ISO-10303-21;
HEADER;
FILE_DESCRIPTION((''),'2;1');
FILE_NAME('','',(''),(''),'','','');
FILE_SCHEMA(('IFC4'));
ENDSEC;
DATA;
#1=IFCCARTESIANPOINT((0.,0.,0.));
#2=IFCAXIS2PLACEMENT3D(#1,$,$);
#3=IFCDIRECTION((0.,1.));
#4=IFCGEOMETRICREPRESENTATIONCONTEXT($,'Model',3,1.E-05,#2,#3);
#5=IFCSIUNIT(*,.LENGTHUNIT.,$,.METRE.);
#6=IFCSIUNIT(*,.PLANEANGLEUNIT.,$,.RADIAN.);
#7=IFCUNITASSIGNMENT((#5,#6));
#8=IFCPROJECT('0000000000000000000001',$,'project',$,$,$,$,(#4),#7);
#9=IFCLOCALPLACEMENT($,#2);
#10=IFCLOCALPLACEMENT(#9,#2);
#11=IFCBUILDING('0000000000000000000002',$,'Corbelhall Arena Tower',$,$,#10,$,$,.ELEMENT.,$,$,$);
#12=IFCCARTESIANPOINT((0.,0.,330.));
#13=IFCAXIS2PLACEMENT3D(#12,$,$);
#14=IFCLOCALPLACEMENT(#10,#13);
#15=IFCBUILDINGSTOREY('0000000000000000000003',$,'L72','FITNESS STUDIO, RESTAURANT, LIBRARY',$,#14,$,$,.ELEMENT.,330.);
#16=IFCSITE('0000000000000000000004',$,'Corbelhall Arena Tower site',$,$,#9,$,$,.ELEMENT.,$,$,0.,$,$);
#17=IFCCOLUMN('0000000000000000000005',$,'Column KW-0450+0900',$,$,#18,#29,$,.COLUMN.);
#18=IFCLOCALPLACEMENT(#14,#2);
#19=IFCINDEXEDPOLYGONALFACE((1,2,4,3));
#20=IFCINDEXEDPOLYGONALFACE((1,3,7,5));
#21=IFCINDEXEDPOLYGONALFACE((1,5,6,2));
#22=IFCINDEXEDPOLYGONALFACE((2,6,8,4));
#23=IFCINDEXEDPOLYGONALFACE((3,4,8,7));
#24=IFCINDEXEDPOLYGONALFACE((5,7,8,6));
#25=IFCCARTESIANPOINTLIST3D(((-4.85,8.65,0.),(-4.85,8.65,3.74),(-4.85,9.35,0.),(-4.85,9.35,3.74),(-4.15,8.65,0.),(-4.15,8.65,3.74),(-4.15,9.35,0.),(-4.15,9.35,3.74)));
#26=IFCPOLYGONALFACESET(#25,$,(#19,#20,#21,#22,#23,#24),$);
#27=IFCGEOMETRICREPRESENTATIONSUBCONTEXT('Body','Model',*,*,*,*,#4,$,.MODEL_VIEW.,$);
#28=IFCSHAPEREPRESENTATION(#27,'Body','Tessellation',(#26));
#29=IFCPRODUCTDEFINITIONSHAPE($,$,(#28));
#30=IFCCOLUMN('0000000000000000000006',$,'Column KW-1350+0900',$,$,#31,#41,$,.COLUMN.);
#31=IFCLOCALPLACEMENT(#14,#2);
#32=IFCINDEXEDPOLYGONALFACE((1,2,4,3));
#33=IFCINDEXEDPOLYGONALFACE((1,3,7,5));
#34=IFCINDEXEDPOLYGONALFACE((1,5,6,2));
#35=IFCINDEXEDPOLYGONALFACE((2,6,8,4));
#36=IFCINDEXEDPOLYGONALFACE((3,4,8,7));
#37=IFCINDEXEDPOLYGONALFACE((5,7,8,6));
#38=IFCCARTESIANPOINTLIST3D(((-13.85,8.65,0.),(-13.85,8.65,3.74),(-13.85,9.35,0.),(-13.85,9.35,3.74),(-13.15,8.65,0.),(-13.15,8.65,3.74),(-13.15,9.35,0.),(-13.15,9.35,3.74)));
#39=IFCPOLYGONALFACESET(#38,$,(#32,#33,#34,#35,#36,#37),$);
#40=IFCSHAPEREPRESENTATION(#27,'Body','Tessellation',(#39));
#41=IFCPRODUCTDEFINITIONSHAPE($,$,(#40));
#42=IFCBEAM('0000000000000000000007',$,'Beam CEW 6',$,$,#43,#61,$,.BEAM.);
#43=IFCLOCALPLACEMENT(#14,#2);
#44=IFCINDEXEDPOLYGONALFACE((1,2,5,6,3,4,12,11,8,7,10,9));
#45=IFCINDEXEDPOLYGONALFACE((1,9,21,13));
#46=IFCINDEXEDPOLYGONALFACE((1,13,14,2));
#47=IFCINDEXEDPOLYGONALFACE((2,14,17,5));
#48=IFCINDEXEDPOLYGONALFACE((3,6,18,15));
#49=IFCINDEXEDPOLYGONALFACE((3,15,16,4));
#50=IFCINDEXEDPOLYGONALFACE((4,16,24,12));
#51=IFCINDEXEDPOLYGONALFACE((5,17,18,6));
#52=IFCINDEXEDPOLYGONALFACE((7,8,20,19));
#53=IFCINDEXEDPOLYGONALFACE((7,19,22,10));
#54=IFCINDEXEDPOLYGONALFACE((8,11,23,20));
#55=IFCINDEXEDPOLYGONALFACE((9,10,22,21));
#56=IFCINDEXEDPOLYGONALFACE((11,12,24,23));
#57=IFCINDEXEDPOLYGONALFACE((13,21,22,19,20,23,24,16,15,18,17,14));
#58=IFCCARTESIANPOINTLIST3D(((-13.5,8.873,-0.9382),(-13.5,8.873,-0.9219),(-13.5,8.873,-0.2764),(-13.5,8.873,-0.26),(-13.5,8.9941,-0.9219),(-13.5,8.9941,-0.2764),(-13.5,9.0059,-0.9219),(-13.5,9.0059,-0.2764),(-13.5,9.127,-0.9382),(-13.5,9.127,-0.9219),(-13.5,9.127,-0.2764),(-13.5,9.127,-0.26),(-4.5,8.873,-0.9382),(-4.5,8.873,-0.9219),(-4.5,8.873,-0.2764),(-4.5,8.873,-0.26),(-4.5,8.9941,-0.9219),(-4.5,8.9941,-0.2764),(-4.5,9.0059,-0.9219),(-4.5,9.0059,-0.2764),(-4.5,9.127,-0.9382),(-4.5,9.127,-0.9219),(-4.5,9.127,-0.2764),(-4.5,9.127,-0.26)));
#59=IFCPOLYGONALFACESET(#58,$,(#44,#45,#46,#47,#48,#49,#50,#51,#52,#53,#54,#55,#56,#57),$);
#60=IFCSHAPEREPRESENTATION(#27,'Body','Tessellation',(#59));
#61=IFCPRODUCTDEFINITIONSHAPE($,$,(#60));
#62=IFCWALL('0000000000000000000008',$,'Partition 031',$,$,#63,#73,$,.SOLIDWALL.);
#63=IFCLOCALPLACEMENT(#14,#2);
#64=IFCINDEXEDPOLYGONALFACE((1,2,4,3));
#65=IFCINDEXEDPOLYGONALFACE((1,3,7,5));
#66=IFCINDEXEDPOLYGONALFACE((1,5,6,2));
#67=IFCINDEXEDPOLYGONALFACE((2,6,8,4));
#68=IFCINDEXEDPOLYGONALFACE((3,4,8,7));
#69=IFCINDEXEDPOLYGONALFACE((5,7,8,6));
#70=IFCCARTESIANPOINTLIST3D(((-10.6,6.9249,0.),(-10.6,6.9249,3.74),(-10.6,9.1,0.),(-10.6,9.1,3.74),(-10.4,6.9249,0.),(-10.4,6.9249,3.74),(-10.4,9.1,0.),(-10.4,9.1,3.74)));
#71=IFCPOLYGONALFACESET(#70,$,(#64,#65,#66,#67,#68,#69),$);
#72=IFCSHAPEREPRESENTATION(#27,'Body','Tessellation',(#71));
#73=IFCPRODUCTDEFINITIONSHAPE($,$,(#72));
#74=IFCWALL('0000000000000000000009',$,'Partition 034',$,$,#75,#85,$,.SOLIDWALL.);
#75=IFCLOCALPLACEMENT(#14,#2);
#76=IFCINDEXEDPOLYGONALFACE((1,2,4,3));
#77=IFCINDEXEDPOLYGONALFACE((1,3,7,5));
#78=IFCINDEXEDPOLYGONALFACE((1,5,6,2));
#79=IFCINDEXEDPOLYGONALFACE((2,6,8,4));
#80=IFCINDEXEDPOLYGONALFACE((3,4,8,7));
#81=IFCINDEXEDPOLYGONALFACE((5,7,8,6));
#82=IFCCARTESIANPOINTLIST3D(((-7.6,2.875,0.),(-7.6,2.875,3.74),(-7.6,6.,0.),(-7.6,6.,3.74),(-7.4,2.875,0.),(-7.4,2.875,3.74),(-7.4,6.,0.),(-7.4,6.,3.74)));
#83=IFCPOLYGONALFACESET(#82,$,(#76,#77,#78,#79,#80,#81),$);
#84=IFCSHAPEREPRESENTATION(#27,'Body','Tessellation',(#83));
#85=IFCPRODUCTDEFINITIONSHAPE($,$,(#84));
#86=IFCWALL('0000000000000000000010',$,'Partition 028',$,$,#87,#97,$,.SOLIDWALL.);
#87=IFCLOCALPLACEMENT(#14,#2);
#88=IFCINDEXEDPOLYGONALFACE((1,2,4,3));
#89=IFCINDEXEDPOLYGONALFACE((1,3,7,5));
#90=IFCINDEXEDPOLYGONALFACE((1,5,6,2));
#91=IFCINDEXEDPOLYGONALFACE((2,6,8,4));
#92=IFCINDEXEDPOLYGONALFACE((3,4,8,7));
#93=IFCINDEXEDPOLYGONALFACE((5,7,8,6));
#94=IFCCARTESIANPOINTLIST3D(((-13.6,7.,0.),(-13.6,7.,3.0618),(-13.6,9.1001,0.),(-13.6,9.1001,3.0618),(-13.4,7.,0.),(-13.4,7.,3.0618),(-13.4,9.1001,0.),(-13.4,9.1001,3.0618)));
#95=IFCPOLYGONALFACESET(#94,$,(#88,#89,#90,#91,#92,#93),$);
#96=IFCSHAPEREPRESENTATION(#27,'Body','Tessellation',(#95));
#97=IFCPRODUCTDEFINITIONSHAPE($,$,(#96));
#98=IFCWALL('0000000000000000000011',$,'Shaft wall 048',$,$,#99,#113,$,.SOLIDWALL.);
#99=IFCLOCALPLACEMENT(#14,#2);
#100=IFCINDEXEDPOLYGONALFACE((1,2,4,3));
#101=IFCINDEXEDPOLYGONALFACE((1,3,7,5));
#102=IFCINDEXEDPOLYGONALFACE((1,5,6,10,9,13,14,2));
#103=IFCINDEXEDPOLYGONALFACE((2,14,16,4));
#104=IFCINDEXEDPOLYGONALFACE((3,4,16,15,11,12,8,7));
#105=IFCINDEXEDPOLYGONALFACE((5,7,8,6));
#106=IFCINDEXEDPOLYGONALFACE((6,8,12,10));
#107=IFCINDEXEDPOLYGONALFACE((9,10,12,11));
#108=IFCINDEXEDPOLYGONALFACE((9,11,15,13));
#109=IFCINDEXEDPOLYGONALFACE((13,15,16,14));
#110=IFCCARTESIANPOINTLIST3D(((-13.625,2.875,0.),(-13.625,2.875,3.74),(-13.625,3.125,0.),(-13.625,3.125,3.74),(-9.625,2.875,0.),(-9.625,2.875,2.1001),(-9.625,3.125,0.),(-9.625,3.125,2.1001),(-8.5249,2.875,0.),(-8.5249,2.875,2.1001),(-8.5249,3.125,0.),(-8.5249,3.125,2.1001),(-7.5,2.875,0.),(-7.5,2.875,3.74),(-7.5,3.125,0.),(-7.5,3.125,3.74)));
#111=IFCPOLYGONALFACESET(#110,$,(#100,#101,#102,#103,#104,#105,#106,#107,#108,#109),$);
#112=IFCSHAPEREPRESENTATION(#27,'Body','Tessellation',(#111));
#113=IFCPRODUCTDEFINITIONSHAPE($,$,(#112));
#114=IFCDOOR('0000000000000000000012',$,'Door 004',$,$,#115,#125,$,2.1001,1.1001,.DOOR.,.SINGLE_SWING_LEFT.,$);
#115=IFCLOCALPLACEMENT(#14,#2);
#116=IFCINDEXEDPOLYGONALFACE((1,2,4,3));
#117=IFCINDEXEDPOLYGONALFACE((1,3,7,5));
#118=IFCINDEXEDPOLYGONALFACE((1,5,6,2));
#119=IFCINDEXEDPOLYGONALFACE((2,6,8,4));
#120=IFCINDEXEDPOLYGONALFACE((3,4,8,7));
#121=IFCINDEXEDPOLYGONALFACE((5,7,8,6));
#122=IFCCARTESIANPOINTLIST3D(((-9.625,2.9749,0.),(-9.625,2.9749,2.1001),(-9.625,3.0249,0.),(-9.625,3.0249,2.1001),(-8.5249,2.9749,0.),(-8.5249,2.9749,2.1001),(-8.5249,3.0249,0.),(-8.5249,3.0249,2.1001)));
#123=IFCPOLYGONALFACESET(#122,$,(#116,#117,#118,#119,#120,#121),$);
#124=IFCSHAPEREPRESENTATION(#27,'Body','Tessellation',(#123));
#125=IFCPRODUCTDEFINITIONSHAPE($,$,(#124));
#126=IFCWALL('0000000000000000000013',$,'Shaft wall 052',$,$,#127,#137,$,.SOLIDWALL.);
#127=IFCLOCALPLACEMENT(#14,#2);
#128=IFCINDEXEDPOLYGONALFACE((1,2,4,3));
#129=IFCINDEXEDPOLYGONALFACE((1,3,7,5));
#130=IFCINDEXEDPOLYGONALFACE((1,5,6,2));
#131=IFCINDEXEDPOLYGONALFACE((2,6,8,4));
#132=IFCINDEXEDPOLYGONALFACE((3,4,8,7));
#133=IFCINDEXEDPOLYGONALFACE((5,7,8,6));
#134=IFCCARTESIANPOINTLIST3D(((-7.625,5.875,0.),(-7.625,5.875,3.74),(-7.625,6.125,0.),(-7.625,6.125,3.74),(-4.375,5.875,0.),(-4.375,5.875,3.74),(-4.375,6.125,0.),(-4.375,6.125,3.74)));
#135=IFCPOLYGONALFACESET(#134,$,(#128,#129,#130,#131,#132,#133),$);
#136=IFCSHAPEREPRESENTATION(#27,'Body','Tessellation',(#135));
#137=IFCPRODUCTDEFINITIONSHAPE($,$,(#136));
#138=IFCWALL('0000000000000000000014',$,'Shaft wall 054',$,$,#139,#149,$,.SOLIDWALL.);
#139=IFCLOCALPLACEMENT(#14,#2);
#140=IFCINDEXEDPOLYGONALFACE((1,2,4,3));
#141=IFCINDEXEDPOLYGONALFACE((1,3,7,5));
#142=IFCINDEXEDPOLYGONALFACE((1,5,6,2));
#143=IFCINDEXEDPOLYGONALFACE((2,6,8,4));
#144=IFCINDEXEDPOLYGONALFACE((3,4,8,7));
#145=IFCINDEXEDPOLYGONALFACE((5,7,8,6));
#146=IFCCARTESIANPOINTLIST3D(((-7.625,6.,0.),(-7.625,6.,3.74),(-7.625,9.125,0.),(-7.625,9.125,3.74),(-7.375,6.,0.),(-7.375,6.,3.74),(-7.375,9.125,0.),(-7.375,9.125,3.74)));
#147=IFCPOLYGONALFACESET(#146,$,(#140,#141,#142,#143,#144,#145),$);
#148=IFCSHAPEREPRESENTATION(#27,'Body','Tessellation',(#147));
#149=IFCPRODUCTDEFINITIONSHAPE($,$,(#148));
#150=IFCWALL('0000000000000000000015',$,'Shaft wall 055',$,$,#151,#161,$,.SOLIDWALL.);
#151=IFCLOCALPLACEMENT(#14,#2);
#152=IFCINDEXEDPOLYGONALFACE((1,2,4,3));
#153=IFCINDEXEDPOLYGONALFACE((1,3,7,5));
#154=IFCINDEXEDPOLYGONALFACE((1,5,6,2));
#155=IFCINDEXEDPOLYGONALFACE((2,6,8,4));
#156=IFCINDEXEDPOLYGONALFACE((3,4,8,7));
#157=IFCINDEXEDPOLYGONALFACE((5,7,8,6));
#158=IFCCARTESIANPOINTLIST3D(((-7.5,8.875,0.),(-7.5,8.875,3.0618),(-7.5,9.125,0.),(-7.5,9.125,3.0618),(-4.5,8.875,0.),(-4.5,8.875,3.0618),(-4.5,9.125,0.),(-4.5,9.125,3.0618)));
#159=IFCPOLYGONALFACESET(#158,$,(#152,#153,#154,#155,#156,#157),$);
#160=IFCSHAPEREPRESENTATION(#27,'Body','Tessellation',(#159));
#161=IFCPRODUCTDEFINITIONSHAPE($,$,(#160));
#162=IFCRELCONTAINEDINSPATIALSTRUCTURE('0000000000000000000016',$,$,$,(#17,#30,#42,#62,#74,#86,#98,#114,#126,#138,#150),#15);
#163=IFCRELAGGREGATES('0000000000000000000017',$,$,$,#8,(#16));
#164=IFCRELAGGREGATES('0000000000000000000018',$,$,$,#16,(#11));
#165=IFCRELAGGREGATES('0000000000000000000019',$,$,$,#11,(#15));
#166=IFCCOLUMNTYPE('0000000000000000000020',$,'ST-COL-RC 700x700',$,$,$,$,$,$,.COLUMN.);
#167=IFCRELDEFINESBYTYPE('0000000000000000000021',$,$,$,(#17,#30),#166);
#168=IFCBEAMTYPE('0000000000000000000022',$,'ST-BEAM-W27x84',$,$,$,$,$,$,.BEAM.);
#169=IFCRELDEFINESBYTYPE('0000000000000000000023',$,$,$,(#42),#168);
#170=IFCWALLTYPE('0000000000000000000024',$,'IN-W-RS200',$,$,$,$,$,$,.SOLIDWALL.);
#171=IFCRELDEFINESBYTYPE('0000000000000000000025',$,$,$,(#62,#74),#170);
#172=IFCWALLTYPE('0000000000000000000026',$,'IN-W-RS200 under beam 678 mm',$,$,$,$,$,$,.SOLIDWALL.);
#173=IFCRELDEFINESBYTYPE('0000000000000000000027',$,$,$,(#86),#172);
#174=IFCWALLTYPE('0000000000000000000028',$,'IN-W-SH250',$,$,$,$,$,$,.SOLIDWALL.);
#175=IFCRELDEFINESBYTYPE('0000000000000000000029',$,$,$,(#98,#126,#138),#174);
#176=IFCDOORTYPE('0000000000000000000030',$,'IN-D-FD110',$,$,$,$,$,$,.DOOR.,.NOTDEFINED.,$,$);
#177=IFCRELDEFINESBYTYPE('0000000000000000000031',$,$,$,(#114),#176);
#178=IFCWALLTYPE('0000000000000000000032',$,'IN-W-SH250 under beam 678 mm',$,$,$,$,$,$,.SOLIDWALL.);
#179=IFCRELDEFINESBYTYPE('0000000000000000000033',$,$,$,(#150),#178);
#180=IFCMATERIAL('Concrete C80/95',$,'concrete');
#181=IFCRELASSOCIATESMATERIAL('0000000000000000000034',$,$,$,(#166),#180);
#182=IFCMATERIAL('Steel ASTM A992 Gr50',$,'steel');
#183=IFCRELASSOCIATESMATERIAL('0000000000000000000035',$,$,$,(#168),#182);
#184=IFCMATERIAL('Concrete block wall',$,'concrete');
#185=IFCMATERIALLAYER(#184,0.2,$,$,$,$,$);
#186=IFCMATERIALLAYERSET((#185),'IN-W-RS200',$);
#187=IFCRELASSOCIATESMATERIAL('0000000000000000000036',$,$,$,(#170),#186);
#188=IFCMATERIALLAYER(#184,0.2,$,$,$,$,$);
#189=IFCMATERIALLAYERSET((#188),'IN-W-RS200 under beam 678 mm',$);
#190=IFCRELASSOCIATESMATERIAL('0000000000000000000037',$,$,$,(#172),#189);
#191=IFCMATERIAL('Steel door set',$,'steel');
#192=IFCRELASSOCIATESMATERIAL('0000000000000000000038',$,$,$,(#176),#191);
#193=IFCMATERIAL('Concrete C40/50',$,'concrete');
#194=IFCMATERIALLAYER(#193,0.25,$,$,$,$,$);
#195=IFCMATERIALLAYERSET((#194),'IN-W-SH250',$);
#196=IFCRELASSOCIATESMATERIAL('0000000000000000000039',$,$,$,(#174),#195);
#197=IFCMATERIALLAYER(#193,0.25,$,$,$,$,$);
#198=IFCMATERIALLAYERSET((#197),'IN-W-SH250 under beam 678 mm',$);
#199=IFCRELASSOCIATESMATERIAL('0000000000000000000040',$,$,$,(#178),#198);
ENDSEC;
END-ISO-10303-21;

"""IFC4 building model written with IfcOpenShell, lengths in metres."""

from ifc_helpers import new_model, si_unit, direction, frame, frame_2d, origin, origin_2d, place, context, subcontext, project, spatial, rectangle, i_section, extrude, material, layer, layer_set, material_profile, profile_set, type_object, element, fill, save


model = new_model("IFC4")

# Units and contexts
model_context = context("Model", 3, precision=1e-05, world=origin(), true_north=direction((0.0, 1.0)))
body_context = subcontext(model_context, "Body", "Model", "MODEL_VIEW")
ifc_project = project(units=[si_unit("LENGTHUNIT", "METRE"), si_unit("PLANEANGLEUNIT", "RADIAN")], contexts=[model_context])

# Site, building, storey
site_placement = place(None, origin())
site = spatial("IfcSite", under=ifc_project, at=site_placement, Name="Corbelhall Arena Tower site", CompositionType="ELEMENT", RefElevation=0.0)
building_placement = place(site_placement, origin())
building = spatial("IfcBuilding", under=site, at=building_placement, Name="Corbelhall Arena Tower", CompositionType="ELEMENT")
storey_placement = place(building_placement, frame((0.0, 0.0, 330.0)))
storey = spatial("IfcBuildingStorey", under=building, at=storey_placement, Name="L72", Description="FITNESS STUDIO, RESTAURANT, LIBRARY", CompositionType="ELEMENT", Elevation=330.0)

# Columns
ifc_material_1 = material(Name="Concrete C80/95", Category="concrete")
ifc_material_profile_1 = material_profile(ifc_material_1, rectangle(XDim=0.7, YDim=0.7, at=origin_2d()))
ifc_profile_set_1 = profile_set([ifc_material_profile_1], Name="Concrete C80/95")
column_type = type_object("IfcColumnType", Name="ST-COL-RC 700x700", PredefinedType="COLUMN", material=ifc_profile_set_1)
for number, where, z_axis, x_axis, name in (
    (1, (-4.5, 9.0, 0.0), (0.0, 0.0, 1.0), (1.0, 0.0, 0.0), "Column KW-0450+0900"),
    (2, (-13.5, 9.0, 0.0), (0.0, 0.0, 1.0), (1.0, 0.0, 0.0), "Column KW-1350+0900"),
):
    element("IfcColumn", number, at=place(storey_placement, frame(where, z_axis=z_axis, x_axis=x_axis)), inside=storey, type_object=column_type, Name=name, PredefinedType="COLUMN", context=body_context, shape_type="SweptSolid", body=[
        extrude(rectangle(XDim=0.7, YDim=0.7, at=origin_2d()), origin(), (0.0, 0.0, 1.0), 3.74),
    ])

# Beam
ifc_material_2 = material(Name="Steel ASTM A992 Gr50", Category="steel")
ifc_material_profile_2 = material_profile(ifc_material_2, i_section(OverallWidth=0.2539, OverallDepth=0.6782, WebThickness=0.0117, FlangeThickness=0.0164, at=origin_2d()))
ifc_profile_set_2 = profile_set([ifc_material_profile_2], Name="Steel ASTM A992 Gr50")
beam_type = type_object("IfcBeamType", Name="ST-BEAM-W27x84", PredefinedType="BEAM", material=ifc_profile_set_2)
beam_placement = place(storey_placement, frame((-13.5, 9.0, -0.5991), z_axis=(1.0, 0.0, 0.0), x_axis=(0.0, 1.0, 0.0)))
element("IfcBeam", 3, at=beam_placement, inside=storey, type_object=beam_type, Name="Beam CEW 6", PredefinedType="BEAM", context=body_context, shape_type="SweptSolid", body=[
    extrude(i_section(OverallWidth=0.2539, OverallDepth=0.6782, WebThickness=0.0117, FlangeThickness=0.0164, at=origin_2d()), origin(), (0.0, 0.0, 1.0), 9.0),
])

# Walls
ifc_material_3 = material(Name="Concrete block wall", Category="concrete")
ifc_layer_1 = layer(ifc_material_3, 0.2)
ifc_layer_set_1 = layer_set([ifc_layer_1], Name="IN-W-RS200")
wall_type_1 = type_object("IfcWallType", Name="IN-W-RS200", PredefinedType="SOLIDWALL", material=ifc_layer_set_1)
wall_1_placement = place(storey_placement, frame((-10.5, 6.925, 0.0), z_axis=(0.0, 0.0, 1.0), x_axis=(0.0, 1.0, 0.0)))
element("IfcWall", 4, at=wall_1_placement, inside=storey, type_object=wall_type_1, Name="Partition 031", PredefinedType="SOLIDWALL", context=body_context, shape_type="SweptSolid", body=[
    extrude(rectangle(XDim=2.175, YDim=0.2, at=frame_2d((1.0874, 0.0))), origin(), (0.0, 0.0, 1.0), 3.74),
])
wall_2_placement = place(storey_placement, frame((-7.5, 2.875, 0.0), z_axis=(0.0, 0.0, 1.0), x_axis=(0.0, 1.0, 0.0)))
element("IfcWall", 5, at=wall_2_placement, inside=storey, type_object=wall_type_1, Name="Partition 034", PredefinedType="SOLIDWALL", context=body_context, shape_type="SweptSolid", body=[
    extrude(rectangle(XDim=3.125, YDim=0.2, at=frame_2d((1.5625, 0.0))), origin(), (0.0, 0.0, 1.0), 3.74),
])
ifc_layer_2 = layer(ifc_material_3, 0.2)
ifc_layer_set_2 = layer_set([ifc_layer_2], Name="IN-W-RS200 under beam 678 mm")
wall_type_2 = type_object("IfcWallType", Name="IN-W-RS200 under beam 678 mm", PredefinedType="SOLIDWALL", material=ifc_layer_set_2)
wall_3_placement = place(storey_placement, frame((-13.5, 7.0, 0.0), z_axis=(0.0, 0.0, 1.0), x_axis=(0.0, 1.0, 0.0)))
element("IfcWall", 6, at=wall_3_placement, inside=storey, type_object=wall_type_2, Name="Partition 028", PredefinedType="SOLIDWALL", context=body_context, shape_type="SweptSolid", body=[
    extrude(rectangle(XDim=2.1001, YDim=0.2, at=frame_2d((1.05, 0.0))), origin(), (0.0, 0.0, 1.0), 3.0618),
])

# Shared definitions
ifc_material_4 = material(Name="Steel door set", Category="steel")
door_type_1 = type_object("IfcDoorType", Name="IN-D-FD110", OperationType="NOTDEFINED", PredefinedType="DOOR", material=ifc_material_4)

# Wall, opening, door
ifc_material_5 = material(Name="Concrete C40/50", Category="concrete")
ifc_layer_3 = layer(ifc_material_5, 0.25)
ifc_layer_set_3 = layer_set([ifc_layer_3], Name="IN-W-SH250")
wall_type_3 = type_object("IfcWallType", Name="IN-W-SH250", PredefinedType="SOLIDWALL", material=ifc_layer_set_3)
wall_4_placement = place(storey_placement, frame((-13.625, 3.0, 0.0), z_axis=(0.0, 0.0, 1.0), x_axis=(1.0, 0.0, 0.0)))
wall_4 = element("IfcWall", 7, at=wall_4_placement, inside=storey, type_object=wall_type_3, Name="Shaft wall 048", PredefinedType="SOLIDWALL", context=body_context, shape_type="SweptSolid", body=[
    extrude(rectangle(XDim=6.125, YDim=0.25, at=frame_2d((3.0625, 0.0))), origin(), (0.0, 0.0, 1.0), 3.74),
])
opening_1_placement = place(wall_4_placement, frame((4.0, 0.0, 0.0)))
opening_1 = element("IfcOpeningElement", 8, at=opening_1_placement, cuts=wall_4, PredefinedType="OPENING", context=body_context, shape_type="SweptSolid", body=[
    extrude(rectangle(XDim=1.1001, YDim=2.1001, at=frame_2d((0.55, 1.05))), frame((0.0, 0.125, 0.0), z_axis=(0.0, -1.0, 0.0), x_axis=(1.0, 0.0, 0.0)), (0.0, 0.0, 1.0), 0.25),
])
door_1_placement = place(opening_1_placement, origin())
door_1 = element("IfcDoor", 9, at=door_1_placement, inside=storey, type_object=door_type_1, Name="Door 004", OperationType="SINGLE_SWING_LEFT", OverallHeight=2.1001, OverallWidth=1.1001, PredefinedType="DOOR", context=body_context, shape_type="SweptSolid", body=[
    extrude(rectangle(XDim=1.1001, YDim=2.1001, at=frame_2d((0.55, 1.05))), frame((0.0, 0.0249, 0.0), z_axis=(0.0, -1.0, 0.0), x_axis=(1.0, 0.0, 0.0)), (0.0, 0.0, 1.0), 0.05),
])
fill(opening_1, door_1)

# Walls
wall_5_placement = place(storey_placement, frame((-7.625, 6.0, 0.0), z_axis=(0.0, 0.0, 1.0), x_axis=(1.0, 0.0, 0.0)))
element("IfcWall", 10, at=wall_5_placement, inside=storey, type_object=wall_type_3, Name="Shaft wall 052", PredefinedType="SOLIDWALL", context=body_context, shape_type="SweptSolid", body=[
    extrude(rectangle(XDim=3.25, YDim=0.25, at=frame_2d((1.625, 0.0))), origin(), (0.0, 0.0, 1.0), 3.74),
])
wall_6_placement = place(storey_placement, frame((-7.5, 6.0, 0.0), z_axis=(0.0, 0.0, 1.0), x_axis=(0.0, 1.0, 0.0)))
element("IfcWall", 11, at=wall_6_placement, inside=storey, type_object=wall_type_3, Name="Shaft wall 054", PredefinedType="SOLIDWALL", context=body_context, shape_type="SweptSolid", body=[
    extrude(rectangle(XDim=3.125, YDim=0.25, at=frame_2d((1.5625, 0.0))), origin(), (0.0, 0.0, 1.0), 3.74),
])
ifc_layer_4 = layer(ifc_material_5, 0.25)
ifc_layer_set_4 = layer_set([ifc_layer_4], Name="IN-W-SH250 under beam 678 mm")
wall_type_4 = type_object("IfcWallType", Name="IN-W-SH250 under beam 678 mm", PredefinedType="SOLIDWALL", material=ifc_layer_set_4)
wall_7_placement = place(storey_placement, frame((-7.5, 9.0, 0.0), z_axis=(0.0, 0.0, 1.0), x_axis=(1.0, 0.0, 0.0)))
element("IfcWall", 12, at=wall_7_placement, inside=storey, type_object=wall_type_4, Name="Shaft wall 055", PredefinedType="SOLIDWALL", context=body_context, shape_type="SweptSolid", body=[
    extrude(rectangle(XDim=3.0, YDim=0.25, at=frame_2d((1.5, 0.0))), origin(), (0.0, 0.0, 1.0), 3.0618),
])

save(model, "model.ifc")
